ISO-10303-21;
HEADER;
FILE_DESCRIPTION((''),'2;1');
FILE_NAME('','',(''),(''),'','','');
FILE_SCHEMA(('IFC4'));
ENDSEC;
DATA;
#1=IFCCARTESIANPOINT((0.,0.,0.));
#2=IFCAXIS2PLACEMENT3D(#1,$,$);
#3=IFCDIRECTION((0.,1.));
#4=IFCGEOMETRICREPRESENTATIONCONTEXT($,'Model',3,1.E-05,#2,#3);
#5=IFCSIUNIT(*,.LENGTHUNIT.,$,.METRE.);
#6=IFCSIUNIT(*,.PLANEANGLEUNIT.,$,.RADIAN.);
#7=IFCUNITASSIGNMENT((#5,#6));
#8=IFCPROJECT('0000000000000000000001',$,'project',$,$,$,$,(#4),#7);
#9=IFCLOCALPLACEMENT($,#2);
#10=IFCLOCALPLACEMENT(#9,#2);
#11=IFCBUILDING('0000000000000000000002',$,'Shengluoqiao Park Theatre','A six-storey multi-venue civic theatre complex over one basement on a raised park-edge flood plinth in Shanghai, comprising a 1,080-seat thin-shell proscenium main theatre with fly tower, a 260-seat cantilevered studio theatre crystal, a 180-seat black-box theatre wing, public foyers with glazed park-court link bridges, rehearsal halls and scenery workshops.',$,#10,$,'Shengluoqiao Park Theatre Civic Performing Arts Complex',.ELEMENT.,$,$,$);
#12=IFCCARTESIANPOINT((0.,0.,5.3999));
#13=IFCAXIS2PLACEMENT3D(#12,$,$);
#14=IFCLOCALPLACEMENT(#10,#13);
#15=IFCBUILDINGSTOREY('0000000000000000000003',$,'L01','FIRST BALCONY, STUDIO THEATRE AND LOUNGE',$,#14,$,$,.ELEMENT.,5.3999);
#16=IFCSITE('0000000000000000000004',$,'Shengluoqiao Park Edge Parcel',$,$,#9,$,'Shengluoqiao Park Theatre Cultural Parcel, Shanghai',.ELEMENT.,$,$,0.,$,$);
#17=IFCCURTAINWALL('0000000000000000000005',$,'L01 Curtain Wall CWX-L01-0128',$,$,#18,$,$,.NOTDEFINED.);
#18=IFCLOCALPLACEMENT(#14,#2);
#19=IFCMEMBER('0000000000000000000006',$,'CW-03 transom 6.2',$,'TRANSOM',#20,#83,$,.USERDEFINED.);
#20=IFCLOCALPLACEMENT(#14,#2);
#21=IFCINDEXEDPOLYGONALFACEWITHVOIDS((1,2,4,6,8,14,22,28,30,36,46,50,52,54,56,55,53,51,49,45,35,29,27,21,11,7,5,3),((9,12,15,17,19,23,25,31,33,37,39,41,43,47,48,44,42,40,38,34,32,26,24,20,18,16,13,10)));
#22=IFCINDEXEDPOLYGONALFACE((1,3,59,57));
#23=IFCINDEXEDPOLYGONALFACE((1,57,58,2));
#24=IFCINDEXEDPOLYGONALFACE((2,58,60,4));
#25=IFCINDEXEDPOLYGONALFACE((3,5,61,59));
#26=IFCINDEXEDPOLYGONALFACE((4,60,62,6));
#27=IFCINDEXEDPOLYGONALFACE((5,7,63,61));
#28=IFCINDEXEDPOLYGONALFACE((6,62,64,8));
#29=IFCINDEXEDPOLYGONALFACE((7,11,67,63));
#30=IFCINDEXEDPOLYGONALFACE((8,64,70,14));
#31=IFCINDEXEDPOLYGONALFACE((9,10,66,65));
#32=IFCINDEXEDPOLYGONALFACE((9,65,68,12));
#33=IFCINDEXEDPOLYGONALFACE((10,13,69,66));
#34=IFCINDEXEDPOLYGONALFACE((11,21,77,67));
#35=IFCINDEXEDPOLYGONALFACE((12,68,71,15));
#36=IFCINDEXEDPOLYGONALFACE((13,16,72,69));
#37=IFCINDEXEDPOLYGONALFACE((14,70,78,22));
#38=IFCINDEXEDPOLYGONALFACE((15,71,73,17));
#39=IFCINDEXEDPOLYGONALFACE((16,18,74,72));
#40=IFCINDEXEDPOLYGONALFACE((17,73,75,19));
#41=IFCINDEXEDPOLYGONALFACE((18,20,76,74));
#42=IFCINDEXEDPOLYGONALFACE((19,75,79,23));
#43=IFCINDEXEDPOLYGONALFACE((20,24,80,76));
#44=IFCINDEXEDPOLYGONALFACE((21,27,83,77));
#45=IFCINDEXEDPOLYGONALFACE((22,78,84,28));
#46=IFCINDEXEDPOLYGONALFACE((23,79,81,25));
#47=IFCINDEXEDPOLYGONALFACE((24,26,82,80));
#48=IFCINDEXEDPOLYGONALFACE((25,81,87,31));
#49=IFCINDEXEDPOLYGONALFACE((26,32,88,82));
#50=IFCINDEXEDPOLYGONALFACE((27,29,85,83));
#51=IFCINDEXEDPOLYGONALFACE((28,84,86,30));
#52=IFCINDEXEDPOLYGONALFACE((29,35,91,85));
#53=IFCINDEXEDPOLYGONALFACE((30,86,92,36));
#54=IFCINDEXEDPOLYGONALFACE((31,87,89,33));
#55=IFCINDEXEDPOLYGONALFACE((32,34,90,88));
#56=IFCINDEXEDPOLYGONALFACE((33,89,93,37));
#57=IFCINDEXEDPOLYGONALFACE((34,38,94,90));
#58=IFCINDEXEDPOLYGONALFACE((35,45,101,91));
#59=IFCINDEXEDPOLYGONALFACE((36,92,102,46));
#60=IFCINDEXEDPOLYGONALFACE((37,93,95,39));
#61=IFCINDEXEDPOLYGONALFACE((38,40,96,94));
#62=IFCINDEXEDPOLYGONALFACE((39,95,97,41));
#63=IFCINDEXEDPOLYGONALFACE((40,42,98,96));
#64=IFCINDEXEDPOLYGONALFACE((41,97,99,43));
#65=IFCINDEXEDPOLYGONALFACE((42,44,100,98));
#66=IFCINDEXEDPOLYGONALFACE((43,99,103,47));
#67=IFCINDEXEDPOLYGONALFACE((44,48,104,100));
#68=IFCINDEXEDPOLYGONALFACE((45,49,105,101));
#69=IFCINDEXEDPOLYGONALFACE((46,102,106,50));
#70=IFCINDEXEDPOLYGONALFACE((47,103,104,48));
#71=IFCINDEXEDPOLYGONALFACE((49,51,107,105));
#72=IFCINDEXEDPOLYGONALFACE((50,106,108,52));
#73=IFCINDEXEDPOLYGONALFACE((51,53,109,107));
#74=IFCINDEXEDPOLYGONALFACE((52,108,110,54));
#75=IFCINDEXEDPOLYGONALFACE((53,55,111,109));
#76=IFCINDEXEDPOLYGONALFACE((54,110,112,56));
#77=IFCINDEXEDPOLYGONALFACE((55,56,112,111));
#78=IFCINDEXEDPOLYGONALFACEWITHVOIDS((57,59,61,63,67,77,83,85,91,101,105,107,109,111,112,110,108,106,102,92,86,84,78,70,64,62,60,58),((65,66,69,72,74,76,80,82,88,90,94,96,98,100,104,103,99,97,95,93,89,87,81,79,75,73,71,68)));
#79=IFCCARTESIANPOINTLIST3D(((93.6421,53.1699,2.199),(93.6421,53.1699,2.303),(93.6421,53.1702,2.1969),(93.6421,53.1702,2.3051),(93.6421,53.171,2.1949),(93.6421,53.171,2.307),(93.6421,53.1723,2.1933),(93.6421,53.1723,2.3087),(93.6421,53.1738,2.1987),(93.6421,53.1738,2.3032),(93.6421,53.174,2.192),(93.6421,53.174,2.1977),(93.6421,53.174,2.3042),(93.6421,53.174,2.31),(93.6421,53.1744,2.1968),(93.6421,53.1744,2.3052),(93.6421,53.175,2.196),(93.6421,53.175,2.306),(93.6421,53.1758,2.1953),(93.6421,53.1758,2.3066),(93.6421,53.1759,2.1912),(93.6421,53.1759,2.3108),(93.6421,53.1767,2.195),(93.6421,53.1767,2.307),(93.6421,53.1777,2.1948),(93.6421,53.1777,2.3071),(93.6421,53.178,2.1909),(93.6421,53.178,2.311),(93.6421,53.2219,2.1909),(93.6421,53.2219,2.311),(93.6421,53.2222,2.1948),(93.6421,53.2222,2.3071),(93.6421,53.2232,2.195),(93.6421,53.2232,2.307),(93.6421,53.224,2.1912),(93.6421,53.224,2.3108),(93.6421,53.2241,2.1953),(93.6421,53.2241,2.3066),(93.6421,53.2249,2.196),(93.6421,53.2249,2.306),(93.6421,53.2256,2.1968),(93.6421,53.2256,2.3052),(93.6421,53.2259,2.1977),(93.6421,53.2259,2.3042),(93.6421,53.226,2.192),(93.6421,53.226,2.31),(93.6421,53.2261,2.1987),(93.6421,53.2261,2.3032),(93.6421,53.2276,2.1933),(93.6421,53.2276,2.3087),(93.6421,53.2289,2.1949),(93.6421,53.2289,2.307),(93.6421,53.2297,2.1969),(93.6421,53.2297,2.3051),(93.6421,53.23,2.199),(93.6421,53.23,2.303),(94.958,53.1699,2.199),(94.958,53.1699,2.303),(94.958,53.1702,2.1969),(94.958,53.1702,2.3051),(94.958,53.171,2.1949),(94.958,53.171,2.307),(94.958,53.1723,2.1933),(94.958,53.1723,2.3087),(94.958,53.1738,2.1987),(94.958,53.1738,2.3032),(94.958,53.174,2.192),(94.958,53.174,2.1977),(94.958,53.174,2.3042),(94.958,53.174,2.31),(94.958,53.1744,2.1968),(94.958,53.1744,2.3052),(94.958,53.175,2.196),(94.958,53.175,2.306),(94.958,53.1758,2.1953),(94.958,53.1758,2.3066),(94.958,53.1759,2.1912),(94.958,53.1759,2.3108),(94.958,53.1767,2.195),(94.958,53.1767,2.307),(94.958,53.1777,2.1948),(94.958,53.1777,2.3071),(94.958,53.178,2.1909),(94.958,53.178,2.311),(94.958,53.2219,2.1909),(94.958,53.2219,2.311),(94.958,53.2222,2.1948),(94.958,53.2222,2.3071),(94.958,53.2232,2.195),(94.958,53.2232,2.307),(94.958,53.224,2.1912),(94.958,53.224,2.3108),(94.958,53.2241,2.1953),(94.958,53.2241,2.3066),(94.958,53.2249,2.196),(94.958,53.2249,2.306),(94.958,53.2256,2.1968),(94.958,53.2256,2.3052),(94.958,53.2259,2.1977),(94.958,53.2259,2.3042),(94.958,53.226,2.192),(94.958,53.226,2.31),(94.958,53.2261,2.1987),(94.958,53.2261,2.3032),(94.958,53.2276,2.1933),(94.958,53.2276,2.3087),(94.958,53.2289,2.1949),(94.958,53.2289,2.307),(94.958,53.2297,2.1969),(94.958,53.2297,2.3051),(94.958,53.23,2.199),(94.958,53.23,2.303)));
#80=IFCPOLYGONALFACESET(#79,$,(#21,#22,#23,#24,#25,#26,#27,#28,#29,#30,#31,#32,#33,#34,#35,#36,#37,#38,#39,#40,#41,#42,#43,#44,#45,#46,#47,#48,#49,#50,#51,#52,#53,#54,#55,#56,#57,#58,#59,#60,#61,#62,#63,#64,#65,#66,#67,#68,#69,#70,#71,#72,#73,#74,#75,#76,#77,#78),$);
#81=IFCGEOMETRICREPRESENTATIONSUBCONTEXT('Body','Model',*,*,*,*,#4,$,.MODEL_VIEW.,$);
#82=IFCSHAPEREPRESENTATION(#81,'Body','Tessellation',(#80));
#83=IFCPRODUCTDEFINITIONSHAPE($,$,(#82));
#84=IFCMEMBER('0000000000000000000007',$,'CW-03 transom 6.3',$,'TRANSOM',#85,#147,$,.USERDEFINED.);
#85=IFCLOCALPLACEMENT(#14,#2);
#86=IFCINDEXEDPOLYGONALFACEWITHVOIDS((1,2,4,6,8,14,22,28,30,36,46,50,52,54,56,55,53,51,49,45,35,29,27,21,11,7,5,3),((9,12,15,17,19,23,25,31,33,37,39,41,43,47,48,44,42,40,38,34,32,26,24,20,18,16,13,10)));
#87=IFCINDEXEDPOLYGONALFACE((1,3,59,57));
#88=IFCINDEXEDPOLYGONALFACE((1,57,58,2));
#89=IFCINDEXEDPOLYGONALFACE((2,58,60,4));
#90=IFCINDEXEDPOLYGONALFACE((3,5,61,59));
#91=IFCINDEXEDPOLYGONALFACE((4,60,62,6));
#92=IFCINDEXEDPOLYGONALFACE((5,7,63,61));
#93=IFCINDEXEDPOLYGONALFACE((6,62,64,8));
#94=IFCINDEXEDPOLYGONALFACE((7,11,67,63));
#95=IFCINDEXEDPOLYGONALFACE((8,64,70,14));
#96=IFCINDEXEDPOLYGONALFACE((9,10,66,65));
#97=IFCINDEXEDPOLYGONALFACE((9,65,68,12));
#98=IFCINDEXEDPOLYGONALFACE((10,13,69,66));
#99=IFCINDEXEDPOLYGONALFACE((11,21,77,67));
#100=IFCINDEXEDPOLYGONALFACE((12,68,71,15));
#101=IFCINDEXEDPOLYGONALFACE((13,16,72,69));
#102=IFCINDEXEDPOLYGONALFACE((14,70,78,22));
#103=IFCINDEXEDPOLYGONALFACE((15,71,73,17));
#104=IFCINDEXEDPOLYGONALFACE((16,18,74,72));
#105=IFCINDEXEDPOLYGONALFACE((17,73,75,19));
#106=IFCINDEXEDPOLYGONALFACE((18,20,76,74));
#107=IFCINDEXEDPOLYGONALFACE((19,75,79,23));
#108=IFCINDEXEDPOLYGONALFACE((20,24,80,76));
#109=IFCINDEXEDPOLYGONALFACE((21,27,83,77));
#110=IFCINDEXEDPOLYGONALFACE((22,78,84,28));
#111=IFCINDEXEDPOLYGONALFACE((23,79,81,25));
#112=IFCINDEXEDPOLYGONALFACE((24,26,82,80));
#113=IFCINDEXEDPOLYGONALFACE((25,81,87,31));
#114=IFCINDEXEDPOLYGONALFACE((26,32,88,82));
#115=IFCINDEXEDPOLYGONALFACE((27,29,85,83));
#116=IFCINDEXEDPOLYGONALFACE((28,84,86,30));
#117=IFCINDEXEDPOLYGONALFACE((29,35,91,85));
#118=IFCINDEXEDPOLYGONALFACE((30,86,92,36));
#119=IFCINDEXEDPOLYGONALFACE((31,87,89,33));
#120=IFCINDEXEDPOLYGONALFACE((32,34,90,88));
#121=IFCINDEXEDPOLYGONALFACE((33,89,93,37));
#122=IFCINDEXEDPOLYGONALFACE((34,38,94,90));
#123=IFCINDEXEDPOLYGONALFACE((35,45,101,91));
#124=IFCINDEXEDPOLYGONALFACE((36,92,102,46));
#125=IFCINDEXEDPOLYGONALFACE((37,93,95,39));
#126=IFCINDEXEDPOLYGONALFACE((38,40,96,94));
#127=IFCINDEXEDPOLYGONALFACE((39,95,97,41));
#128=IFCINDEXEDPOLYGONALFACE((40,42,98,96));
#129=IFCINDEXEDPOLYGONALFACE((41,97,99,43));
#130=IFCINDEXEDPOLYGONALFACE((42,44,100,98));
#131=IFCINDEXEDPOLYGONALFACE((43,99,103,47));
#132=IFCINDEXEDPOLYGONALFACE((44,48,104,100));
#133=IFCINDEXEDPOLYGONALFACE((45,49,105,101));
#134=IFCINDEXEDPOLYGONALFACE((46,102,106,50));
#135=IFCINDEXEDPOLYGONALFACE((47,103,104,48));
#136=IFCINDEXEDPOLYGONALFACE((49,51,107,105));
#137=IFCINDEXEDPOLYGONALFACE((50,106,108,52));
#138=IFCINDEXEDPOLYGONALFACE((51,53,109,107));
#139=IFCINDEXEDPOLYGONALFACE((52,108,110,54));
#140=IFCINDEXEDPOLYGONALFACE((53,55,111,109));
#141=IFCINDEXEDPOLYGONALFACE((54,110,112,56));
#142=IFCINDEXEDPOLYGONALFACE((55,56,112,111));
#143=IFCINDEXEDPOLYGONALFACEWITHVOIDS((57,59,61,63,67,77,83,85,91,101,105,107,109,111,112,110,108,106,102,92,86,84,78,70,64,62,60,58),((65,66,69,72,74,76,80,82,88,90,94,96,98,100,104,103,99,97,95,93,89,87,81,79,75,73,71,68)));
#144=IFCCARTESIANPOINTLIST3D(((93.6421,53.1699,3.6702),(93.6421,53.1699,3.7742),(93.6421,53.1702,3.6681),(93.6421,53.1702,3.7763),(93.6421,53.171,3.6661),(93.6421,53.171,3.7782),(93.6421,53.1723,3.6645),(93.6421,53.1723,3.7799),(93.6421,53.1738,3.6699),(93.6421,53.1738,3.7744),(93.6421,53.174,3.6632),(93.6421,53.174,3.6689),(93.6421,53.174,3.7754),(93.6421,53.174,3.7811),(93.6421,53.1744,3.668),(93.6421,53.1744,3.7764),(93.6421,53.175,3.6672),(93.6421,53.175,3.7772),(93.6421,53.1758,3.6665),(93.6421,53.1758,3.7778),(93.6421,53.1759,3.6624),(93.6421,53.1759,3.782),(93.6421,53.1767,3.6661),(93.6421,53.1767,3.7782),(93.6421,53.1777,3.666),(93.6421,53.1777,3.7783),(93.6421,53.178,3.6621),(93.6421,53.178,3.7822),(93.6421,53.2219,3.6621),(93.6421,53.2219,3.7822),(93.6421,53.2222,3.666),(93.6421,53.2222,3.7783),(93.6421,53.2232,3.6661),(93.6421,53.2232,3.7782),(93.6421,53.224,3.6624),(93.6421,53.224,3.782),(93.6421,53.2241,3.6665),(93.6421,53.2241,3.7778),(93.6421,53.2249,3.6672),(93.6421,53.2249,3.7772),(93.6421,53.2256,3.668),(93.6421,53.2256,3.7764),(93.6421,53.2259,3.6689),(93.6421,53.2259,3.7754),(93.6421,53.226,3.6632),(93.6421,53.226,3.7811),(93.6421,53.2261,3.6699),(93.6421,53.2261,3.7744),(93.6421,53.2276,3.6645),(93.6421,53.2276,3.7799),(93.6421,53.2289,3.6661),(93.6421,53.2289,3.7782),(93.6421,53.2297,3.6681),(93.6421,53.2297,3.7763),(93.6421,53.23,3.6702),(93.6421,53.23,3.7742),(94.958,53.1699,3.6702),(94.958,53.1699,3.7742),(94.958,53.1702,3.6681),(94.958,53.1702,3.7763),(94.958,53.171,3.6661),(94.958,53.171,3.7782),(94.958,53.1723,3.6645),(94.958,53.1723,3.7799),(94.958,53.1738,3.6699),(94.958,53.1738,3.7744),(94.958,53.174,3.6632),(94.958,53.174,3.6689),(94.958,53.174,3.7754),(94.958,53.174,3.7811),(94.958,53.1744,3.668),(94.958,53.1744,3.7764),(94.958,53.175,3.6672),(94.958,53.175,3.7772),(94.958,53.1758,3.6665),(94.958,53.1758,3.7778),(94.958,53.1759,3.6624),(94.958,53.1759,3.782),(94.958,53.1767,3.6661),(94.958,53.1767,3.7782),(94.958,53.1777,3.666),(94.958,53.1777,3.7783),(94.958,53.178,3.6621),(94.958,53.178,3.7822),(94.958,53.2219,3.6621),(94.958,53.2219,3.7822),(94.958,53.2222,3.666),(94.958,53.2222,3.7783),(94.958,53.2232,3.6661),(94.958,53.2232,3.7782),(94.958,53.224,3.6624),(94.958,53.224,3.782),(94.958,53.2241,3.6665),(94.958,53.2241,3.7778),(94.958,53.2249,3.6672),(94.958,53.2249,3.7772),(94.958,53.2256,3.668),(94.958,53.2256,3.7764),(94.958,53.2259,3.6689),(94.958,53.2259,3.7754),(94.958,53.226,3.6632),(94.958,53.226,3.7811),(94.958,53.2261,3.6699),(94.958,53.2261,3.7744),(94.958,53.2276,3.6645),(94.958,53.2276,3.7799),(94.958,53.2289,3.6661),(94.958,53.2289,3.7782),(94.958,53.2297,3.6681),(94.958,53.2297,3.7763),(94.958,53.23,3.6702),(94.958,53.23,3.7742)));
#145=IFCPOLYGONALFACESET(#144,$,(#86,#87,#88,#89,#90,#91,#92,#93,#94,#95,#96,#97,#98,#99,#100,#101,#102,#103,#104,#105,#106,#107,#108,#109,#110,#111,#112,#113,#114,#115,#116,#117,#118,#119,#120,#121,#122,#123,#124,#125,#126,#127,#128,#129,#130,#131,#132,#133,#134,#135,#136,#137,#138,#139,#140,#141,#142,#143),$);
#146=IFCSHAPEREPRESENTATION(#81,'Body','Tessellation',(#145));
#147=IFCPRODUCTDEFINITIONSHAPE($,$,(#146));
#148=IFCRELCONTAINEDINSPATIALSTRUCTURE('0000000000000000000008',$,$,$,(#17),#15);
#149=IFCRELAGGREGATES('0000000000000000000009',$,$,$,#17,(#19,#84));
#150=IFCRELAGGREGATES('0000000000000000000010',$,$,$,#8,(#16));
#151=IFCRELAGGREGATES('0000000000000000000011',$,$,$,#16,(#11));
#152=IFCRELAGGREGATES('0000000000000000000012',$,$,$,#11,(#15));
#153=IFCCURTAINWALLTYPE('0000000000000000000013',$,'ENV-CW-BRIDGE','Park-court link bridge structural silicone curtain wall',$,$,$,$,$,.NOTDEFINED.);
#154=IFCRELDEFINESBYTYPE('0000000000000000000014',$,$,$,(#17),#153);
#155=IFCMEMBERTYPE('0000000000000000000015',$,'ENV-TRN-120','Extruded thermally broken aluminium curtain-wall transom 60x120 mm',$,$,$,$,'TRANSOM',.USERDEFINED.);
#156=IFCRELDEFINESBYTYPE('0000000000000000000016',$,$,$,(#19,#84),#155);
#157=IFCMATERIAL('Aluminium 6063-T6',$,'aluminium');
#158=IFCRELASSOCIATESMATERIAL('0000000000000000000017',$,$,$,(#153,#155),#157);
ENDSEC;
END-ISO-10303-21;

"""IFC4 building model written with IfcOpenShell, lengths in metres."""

from ifc_helpers import new_model, si_unit, direction, frame, origin, origin_2d, place, context, subcontext, project, spatial, hollow_rectangle, extrude, material, material_profile, profile_set, type_object, element, aggregate, save


model = new_model("IFC4")

# Units and contexts
model_context = context("Model", 3, precision=1e-05, world=origin(), true_north=direction((0.0, 1.0)))
body_context = subcontext(model_context, "Body", "Model", "MODEL_VIEW")
ifc_project = project(units=[si_unit("LENGTHUNIT", "METRE"), si_unit("PLANEANGLEUNIT", "RADIAN")], contexts=[model_context])

# Site, building, storey
site_placement = place(None, origin())
site = spatial("IfcSite", under=ifc_project, at=site_placement, Name="Shengluoqiao Park Edge Parcel", LongName="Shengluoqiao Park Theatre Cultural Parcel, Shanghai", CompositionType="ELEMENT", RefElevation=0.0)
building_placement = place(site_placement, origin())
building = spatial("IfcBuilding", under=site, at=building_placement, Name="Shengluoqiao Park Theatre", Description="A six-storey multi-venue civic theatre complex over one basement on a raised park-edge flood plinth in Shanghai, comprising a 1,080-seat thin-shell proscenium main theatre with fly tower, a 260-seat cantilevered studio theatre crystal, a 180-seat black-box theatre wing, public foyers with glazed park-court link bridges, rehearsal halls and scenery workshops.", LongName="Shengluoqiao Park Theatre Civic Performing Arts Complex", CompositionType="ELEMENT")
storey_placement = place(building_placement, frame((0.0, 0.0, 5.3999)))
storey = spatial("IfcBuildingStorey", under=building, at=storey_placement, Name="L01", Description="FIRST BALCONY, STUDIO THEATRE AND LOUNGE", CompositionType="ELEMENT", Elevation=5.3999)

# Curtain wall
ifc_material_1 = material(Name="Aluminium 6063-T6", Category="aluminium")
curtain_wall_type = type_object("IfcCurtainWallType", Name="ENV-CW-BRIDGE", Description="Park-court link bridge structural silicone curtain wall", PredefinedType="NOTDEFINED", material=ifc_material_1)
curtain_wall_1_placement = place(storey_placement, origin())
curtain_wall_1 = element("IfcCurtainWall", 1, at=curtain_wall_1_placement, inside=storey, type_object=curtain_wall_type, Name="L01 Curtain Wall CWX-L01-0128", PredefinedType="NOTDEFINED")

# Members
ifc_material_profile_1 = material_profile(ifc_material_1, hollow_rectangle(XDim=0.0601, YDim=0.1201, WallThickness=0.0039, InnerFilletRadius=0.0039, OuterFilletRadius=0.0081, at=origin_2d()), Name="ALU TRANSOM 120x60x4")
ifc_profile_set_1 = profile_set([ifc_material_profile_1], Name="Aluminium 6063-T6")
member_type_1 = type_object("IfcMemberType", Name="ENV-TRN-120", Description="Extruded thermally broken aluminium curtain-wall transom 60x120 mm", ElementType="TRANSOM", PredefinedType="USERDEFINED", material=ifc_profile_set_1)
member_1_placement = place(storey_placement, frame((93.6421, 53.2, 2.251), z_axis=(1.0, 0.0, 0.0), x_axis=(0.0, 1.0, 0.0)))
member_1 = element("IfcMember", 2, at=member_1_placement, type_object=member_type_1, Name="CW-03 transom 6.2", ObjectType="TRANSOM", PredefinedType="USERDEFINED", context=body_context, shape_type="SweptSolid", body=[
    extrude(hollow_rectangle(XDim=0.0601, YDim=0.1201, WallThickness=0.0039, InnerFilletRadius=0.0039, OuterFilletRadius=0.0081, at=origin_2d()), origin(), (0.0, 0.0, 1.0), 1.3159),
])
member_2_placement = place(storey_placement, frame((93.6421, 53.2, 3.7222), z_axis=(1.0, 0.0, 0.0), x_axis=(0.0, 1.0, 0.0)))
member_2 = element("IfcMember", 3, at=member_2_placement, type_object=member_type_1, Name="CW-03 transom 6.3", ObjectType="TRANSOM", PredefinedType="USERDEFINED", context=body_context, shape_type="SweptSolid", body=[
    extrude(hollow_rectangle(XDim=0.0601, YDim=0.1201, WallThickness=0.0039, InnerFilletRadius=0.0039, OuterFilletRadius=0.0081, at=origin_2d()), origin(), (0.0, 0.0, 1.0), 1.3159),
])

aggregate(curtain_wall_1, [member_1, member_2])

save(model, "model.ifc")
